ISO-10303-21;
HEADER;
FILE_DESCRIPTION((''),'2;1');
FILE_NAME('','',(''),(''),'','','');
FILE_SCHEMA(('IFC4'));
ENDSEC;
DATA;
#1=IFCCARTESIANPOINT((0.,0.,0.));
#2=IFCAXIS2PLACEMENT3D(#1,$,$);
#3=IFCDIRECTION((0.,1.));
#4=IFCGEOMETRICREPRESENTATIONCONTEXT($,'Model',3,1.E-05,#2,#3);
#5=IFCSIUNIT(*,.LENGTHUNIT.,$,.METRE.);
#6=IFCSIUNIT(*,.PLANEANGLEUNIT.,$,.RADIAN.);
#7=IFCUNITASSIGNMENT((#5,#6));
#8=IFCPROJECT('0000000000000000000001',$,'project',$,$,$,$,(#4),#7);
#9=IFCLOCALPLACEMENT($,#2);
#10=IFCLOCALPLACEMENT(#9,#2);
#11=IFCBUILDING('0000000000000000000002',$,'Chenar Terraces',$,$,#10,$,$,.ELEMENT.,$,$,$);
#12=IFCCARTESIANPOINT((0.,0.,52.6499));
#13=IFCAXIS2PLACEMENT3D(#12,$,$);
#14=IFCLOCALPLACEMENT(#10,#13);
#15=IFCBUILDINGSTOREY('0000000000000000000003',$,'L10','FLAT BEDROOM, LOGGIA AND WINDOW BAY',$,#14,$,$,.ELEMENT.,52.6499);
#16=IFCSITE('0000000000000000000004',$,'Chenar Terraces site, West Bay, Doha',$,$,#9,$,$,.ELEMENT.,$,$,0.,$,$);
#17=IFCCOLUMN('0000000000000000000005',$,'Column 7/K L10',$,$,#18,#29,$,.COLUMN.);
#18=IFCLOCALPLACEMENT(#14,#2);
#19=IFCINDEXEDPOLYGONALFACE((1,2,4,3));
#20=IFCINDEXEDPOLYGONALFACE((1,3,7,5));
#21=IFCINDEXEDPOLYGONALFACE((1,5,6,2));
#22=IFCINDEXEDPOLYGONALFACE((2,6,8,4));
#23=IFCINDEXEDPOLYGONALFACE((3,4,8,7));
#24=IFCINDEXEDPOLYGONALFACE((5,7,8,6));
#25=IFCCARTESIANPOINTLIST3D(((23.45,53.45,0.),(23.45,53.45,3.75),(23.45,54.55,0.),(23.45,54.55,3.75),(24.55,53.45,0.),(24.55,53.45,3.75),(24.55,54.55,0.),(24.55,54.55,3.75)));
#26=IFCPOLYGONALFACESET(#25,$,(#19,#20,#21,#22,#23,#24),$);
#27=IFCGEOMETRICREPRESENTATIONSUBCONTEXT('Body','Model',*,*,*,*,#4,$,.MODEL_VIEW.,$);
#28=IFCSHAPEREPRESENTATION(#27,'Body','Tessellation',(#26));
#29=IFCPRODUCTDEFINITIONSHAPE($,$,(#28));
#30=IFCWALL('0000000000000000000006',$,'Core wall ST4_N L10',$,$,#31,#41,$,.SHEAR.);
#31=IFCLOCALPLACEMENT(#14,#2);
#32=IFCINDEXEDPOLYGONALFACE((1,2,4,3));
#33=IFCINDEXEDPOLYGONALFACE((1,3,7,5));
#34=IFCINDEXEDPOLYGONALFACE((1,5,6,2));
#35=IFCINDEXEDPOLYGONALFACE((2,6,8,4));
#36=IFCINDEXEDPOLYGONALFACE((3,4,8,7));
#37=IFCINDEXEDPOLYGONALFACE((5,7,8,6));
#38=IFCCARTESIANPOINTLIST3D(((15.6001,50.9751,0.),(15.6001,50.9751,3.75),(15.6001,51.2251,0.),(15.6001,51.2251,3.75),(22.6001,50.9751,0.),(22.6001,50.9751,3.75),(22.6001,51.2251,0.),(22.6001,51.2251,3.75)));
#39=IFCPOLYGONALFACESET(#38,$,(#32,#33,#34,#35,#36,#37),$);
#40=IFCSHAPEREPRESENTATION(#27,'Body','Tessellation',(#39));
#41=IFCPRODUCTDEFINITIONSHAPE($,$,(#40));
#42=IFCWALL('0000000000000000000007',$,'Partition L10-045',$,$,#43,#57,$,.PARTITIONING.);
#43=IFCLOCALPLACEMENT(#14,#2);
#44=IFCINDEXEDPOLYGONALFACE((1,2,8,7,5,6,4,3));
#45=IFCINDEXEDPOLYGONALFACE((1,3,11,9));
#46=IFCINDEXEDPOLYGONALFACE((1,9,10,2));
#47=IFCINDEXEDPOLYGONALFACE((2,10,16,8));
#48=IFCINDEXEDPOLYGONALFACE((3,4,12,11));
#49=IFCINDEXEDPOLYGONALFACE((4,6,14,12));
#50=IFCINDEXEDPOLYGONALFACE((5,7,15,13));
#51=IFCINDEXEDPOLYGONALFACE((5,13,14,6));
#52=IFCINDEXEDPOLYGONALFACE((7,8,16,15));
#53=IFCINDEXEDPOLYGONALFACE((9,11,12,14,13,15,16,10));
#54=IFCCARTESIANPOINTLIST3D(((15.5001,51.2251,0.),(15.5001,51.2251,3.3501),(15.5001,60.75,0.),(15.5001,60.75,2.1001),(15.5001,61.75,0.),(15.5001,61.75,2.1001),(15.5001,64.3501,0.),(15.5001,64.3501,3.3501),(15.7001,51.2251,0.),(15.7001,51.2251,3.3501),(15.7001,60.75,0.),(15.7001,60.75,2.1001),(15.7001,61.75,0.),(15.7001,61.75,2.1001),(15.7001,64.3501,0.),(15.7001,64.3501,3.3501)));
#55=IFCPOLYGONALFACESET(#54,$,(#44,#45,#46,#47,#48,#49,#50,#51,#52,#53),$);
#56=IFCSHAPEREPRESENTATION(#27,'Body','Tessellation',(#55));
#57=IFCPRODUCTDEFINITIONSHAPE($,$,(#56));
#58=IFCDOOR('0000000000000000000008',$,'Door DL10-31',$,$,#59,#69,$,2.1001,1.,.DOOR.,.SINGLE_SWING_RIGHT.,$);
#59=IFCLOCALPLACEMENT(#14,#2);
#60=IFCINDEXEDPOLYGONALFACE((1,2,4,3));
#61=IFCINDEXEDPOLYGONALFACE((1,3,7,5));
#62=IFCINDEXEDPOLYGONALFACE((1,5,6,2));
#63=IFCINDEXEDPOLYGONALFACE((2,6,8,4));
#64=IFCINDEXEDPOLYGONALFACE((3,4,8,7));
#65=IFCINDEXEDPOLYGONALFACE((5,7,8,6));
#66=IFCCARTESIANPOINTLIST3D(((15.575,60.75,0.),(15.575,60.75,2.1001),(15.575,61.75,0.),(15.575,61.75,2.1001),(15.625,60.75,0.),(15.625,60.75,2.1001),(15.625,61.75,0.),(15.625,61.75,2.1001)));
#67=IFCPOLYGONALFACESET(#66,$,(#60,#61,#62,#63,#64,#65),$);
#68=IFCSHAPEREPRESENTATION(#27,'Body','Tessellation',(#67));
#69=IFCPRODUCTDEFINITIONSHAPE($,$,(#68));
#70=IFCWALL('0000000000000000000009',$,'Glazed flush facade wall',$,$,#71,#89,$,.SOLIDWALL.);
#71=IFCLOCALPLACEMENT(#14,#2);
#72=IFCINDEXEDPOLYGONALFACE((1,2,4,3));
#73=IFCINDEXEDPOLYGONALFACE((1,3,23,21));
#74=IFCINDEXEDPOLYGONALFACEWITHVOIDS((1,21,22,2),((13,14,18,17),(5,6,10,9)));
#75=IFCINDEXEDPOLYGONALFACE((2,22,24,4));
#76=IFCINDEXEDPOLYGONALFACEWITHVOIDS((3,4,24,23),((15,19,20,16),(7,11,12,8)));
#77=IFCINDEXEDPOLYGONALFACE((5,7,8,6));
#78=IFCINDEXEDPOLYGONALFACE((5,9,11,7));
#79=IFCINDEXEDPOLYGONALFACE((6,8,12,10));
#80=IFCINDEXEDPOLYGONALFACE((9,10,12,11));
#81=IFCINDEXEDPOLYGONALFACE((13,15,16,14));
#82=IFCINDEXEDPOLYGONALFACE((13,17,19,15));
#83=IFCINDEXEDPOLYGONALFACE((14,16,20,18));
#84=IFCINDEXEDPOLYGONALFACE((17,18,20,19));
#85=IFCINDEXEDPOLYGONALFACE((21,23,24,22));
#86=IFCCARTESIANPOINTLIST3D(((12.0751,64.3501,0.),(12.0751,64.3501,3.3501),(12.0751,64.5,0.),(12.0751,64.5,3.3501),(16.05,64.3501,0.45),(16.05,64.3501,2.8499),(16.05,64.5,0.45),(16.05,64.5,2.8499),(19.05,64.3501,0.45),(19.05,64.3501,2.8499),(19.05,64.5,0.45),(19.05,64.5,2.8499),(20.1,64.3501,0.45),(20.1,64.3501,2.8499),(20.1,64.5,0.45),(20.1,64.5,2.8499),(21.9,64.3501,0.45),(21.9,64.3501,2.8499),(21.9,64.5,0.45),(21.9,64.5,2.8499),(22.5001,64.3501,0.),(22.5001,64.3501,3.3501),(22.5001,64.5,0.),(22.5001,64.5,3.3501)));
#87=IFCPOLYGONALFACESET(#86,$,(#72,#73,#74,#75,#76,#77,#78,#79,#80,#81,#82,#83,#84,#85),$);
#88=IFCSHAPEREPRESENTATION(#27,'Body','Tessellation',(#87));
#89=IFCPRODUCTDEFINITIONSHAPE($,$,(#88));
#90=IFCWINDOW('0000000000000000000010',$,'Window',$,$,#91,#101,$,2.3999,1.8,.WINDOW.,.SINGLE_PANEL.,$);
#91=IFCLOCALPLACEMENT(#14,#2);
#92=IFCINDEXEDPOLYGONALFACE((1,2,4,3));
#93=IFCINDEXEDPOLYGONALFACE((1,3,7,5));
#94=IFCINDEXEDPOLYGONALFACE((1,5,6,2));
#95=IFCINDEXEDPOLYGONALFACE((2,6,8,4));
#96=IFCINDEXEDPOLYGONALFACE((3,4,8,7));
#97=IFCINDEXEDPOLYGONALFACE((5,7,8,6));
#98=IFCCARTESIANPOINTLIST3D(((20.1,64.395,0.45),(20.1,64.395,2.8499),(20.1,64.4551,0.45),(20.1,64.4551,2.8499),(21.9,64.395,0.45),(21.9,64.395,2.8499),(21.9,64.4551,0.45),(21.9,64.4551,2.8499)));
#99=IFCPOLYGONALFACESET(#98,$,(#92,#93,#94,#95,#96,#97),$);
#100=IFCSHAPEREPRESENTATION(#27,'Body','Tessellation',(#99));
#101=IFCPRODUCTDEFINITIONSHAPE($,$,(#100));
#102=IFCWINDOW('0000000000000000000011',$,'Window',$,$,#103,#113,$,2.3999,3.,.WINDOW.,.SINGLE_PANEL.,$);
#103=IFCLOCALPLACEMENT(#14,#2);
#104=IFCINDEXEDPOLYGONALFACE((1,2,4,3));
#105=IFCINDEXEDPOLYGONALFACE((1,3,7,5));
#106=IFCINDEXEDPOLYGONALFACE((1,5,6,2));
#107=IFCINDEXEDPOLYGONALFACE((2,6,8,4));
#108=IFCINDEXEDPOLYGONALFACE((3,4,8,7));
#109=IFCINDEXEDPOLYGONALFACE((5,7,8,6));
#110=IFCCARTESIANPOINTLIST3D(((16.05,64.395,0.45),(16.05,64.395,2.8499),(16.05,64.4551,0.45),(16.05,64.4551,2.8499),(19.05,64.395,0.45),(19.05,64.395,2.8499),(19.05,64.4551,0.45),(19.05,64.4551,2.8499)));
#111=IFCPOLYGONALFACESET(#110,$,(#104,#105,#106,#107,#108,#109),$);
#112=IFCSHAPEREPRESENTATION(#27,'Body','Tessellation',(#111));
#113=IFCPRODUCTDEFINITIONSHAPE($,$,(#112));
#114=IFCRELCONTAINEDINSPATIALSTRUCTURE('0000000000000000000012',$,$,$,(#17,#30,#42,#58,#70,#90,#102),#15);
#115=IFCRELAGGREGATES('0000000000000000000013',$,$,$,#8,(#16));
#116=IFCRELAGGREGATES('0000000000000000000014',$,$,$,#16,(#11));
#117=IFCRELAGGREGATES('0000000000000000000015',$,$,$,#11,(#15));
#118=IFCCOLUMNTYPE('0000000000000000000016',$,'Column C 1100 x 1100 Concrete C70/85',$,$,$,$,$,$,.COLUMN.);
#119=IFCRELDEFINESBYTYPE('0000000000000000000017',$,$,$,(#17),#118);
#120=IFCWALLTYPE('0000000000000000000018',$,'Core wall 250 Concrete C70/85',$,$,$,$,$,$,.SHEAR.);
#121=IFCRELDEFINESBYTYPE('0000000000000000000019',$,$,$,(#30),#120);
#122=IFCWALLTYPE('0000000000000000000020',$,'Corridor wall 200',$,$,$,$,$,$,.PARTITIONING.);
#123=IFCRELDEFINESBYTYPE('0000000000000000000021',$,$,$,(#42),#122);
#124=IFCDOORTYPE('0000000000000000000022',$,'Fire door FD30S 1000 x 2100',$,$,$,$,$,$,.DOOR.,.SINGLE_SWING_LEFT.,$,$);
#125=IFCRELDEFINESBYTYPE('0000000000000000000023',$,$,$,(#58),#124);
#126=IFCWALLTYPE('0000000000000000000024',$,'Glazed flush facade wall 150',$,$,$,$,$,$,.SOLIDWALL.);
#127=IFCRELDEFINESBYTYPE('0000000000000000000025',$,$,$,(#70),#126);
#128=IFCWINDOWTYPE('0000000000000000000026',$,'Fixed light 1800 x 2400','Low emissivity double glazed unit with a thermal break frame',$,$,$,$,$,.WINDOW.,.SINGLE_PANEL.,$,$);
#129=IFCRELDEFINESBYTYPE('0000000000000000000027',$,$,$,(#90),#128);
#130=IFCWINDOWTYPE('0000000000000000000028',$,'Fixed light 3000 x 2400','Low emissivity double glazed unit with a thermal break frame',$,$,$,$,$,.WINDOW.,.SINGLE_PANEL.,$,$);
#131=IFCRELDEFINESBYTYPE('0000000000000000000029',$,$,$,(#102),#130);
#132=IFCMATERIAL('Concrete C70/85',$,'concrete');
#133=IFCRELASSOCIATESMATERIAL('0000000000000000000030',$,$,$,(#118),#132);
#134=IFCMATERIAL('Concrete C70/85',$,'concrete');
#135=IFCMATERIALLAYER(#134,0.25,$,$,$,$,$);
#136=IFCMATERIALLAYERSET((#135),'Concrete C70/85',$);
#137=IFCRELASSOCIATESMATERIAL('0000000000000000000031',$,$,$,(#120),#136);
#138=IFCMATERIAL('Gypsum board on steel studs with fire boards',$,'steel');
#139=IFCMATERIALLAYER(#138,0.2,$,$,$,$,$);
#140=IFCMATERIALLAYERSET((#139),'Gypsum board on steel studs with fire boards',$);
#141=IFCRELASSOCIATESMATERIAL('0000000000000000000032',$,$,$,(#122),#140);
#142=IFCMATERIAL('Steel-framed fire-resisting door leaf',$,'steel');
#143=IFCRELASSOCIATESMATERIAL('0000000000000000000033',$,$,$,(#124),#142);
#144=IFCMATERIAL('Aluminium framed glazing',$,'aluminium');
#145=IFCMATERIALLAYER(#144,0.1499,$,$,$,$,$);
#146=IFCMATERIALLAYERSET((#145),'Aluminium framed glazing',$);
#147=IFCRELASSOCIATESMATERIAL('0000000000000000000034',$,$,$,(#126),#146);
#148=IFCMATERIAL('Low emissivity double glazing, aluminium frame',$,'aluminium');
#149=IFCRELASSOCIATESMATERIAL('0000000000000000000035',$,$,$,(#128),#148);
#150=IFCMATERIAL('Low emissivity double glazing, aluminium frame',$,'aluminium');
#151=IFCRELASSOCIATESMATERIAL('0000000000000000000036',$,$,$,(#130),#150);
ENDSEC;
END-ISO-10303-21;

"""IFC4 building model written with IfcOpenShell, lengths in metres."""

from ifc_helpers import new_model, si_unit, direction, frame, frame_2d, origin, origin_2d, place, context, subcontext, project, spatial, rectangle, extrude, material, layer, layer_set, material_profile, profile_set, type_object, element, fill, save


model = new_model("IFC4")

# Units and contexts
model_context = context("Model", 3, precision=1e-05, world=origin(), true_north=direction((0.0, 1.0)))
body_context = subcontext(model_context, "Body", "Model", "MODEL_VIEW")
ifc_project = project(units=[si_unit("LENGTHUNIT", "METRE"), si_unit("PLANEANGLEUNIT", "RADIAN")], contexts=[model_context])

# Site, building, storey
site_placement = place(None, origin())
site = spatial("IfcSite", under=ifc_project, at=site_placement, Name="Chenar Terraces site, West Bay, Doha", CompositionType="ELEMENT", RefElevation=0.0)
building_placement = place(site_placement, origin())
building = spatial("IfcBuilding", under=site, at=building_placement, Name="Chenar Terraces", CompositionType="ELEMENT")
storey_placement = place(building_placement, frame((0.0, 0.0, 52.6499)))
storey = spatial("IfcBuildingStorey", under=building, at=storey_placement, Name="L10", Description="FLAT BEDROOM, LOGGIA AND WINDOW BAY", CompositionType="ELEMENT", Elevation=52.6499)

# Column
ifc_material_1 = material(Name="Concrete C70/85", Category="concrete")
ifc_material_profile = material_profile(ifc_material_1, rectangle(XDim=1.1001, YDim=1.1001, at=origin_2d()), Name="C 1100 x 1100")
ifc_profile_set = profile_set([ifc_material_profile], Name="Concrete C70/85")
column_type = type_object("IfcColumnType", Name="Column C 1100 x 1100 Concrete C70/85", PredefinedType="COLUMN", material=ifc_profile_set)
column_placement = place(storey_placement, frame((24.0, 54.0, 0.0), z_axis=(0.0, 0.0, 1.0), x_axis=(1.0, 0.0, 0.0)))
element("IfcColumn", 1, at=column_placement, inside=storey, type_object=column_type, Name="Column 7/K L10", PredefinedType="COLUMN", context=body_context, shape_type="SweptSolid", body=[
    extrude(rectangle(XDim=1.1001, YDim=1.1001, at=origin_2d()), origin(), (0.0, 0.0, 1.0), 3.75),
])

# Wall
ifc_material_2 = material(Name="Concrete C70/85", Category="concrete")
ifc_layer_1 = layer(ifc_material_2, 0.25)
ifc_layer_set_1 = layer_set([ifc_layer_1], Name="Concrete C70/85")
wall_type_1 = type_object("IfcWallType", Name="Core wall 250 Concrete C70/85", PredefinedType="SHEAR", material=ifc_layer_set_1)
wall_1_placement = place(storey_placement, frame((15.6001, 51.1001, 0.0), z_axis=(0.0, 0.0, 1.0), x_axis=(1.0, 0.0, 0.0)))
element("IfcWall", 2, at=wall_1_placement, inside=storey, type_object=wall_type_1, Name="Core wall ST4_N L10", PredefinedType="SHEAR", context=body_context, shape_type="SweptSolid", body=[
    extrude(rectangle(XDim=7.0, YDim=0.25, at=frame_2d((3.5, 0.0))), origin(), (0.0, 0.0, 1.0), 3.75),
])

# Wall, opening, door
ifc_material_3 = material(Name="Gypsum board on steel studs with fire boards", Category="steel")
ifc_layer_2 = layer(ifc_material_3, 0.2)
ifc_layer_set_2 = layer_set([ifc_layer_2], Name="Gypsum board on steel studs with fire boards")
wall_type_2 = type_object("IfcWallType", Name="Corridor wall 200", PredefinedType="PARTITIONING", material=ifc_layer_set_2)
wall_2_placement = place(storey_placement, frame((15.6001, 51.2251, 0.0), z_axis=(0.0, 0.0, 1.0), x_axis=(0.0, 1.0, 0.0)))
wall_2 = element("IfcWall", 3, at=wall_2_placement, inside=storey, type_object=wall_type_2, Name="Partition L10-045", PredefinedType="PARTITIONING", context=body_context, shape_type="SweptSolid", body=[
    extrude(rectangle(XDim=13.125, YDim=0.2, at=frame_2d((6.5625, 0.0))), origin(), (0.0, 0.0, 1.0), 3.3501),
])
opening_1_placement = place(wall_2_placement, frame((9.5249, 0.0, 0.0)))
opening_1 = element("IfcOpeningElement", 4, at=opening_1_placement, cuts=wall_2, PredefinedType="OPENING", context=body_context, shape_type="SweptSolid", body=[
    extrude(rectangle(XDim=1.0, YDim=2.1001, at=frame_2d((0.5, 1.05))), frame((0.0, 0.1099, 0.0), z_axis=(0.0, -1.0, 0.0), x_axis=(1.0, 0.0, 0.0)), (0.0, 0.0, 1.0), 0.22),
])
ifc_material_4 = material(Name="Steel-framed fire-resisting door leaf", Category="steel")
door_type_1 = type_object("IfcDoorType", Name="Fire door FD30S 1000 x 2100", OperationType="SINGLE_SWING_LEFT", PredefinedType="DOOR", material=ifc_material_4)
door_1_placement = place(opening_1_placement, frame((1.0, 0.0, 0.0), z_axis=(0.0, 0.0, 1.0), x_axis=(-1.0, 0.0, 0.0)))
door_1 = element("IfcDoor", 5, at=door_1_placement, inside=storey, type_object=door_type_1, Name="Door DL10-31", OperationType="SINGLE_SWING_RIGHT", OverallHeight=2.1001, OverallWidth=1.0, PredefinedType="DOOR", context=body_context, shape_type="SweptSolid", body=[
    extrude(rectangle(XDim=1.0, YDim=2.1001, at=frame_2d((0.5, 1.05))), frame((0.0, 0.0249, 0.0), z_axis=(0.0, -1.0, 0.0), x_axis=(1.0, 0.0, 0.0)), (0.0, 0.0, 1.0), 0.05),
])
fill(opening_1, door_1)

# Wall, openings, windows
ifc_material_5 = material(Name="Aluminium framed glazing", Category="aluminium")
ifc_layer_3 = layer(ifc_material_5, 0.1499)
ifc_layer_set_3 = layer_set([ifc_layer_3], Name="Aluminium framed glazing")
wall_type_3 = type_object("IfcWallType", Name="Glazed flush facade wall 150", PredefinedType="SOLIDWALL", material=ifc_layer_set_3)
wall_3_placement = place(storey_placement, frame((22.5, 64.425, 0.0), z_axis=(0.0, 0.0, 1.0), x_axis=(-1.0, 0.0, 0.0)))
wall_3 = element("IfcWall", 6, at=wall_3_placement, inside=storey, type_object=wall_type_3, Name="Glazed flush facade wall", PredefinedType="SOLIDWALL", context=body_context, shape_type="SweptSolid", body=[
    extrude(rectangle(XDim=10.425, YDim=0.1499, at=frame_2d((5.2124, 0.0))), origin(), (0.0, 0.0, 1.0), 3.3501),
])
opening_2_placement = place(wall_3_placement, frame((0.6001, 0.0, 0.45)))
opening_2 = element("IfcOpeningElement", 7, at=opening_2_placement, cuts=wall_3, PredefinedType="OPENING", context=body_context, shape_type="SweptSolid", body=[
    extrude(rectangle(XDim=1.8, YDim=2.3999, at=frame_2d((0.8999, 1.2))), frame((0.0, 0.085, 0.0), z_axis=(0.0, -1.0, 0.0), x_axis=(1.0, 0.0, 0.0)), (0.0, 0.0, 1.0), 0.1699),
])
opening_3_placement = place(wall_3_placement, frame((3.45, 0.0, 0.45)))
opening_3 = element("IfcOpeningElement", 8, at=opening_3_placement, cuts=wall_3, PredefinedType="OPENING", context=body_context, shape_type="SweptSolid", body=[
    extrude(rectangle(XDim=3.0, YDim=2.3999, at=frame_2d((1.5, 1.2))), frame((0.0, 0.085, 0.0), z_axis=(0.0, -1.0, 0.0), x_axis=(1.0, 0.0, 0.0)), (0.0, 0.0, 1.0), 0.1699),
])
ifc_material_6 = material(Name="Low emissivity double glazing, aluminium frame", Category="aluminium")
window_type_1 = type_object("IfcWindowType", Name="Fixed light 1800 x 2400", Description="Low emissivity double glazed unit with a thermal break frame", PartitioningType="SINGLE_PANEL", PredefinedType="WINDOW", material=ifc_material_6)
window_1_placement = place(opening_2_placement, origin())
window_1 = element("IfcWindow", 9, at=window_1_placement, inside=storey, type_object=window_type_1, Name="Window", OverallHeight=2.3999, OverallWidth=1.8, PartitioningType="SINGLE_PANEL", PredefinedType="WINDOW", context=body_context, shape_type="SweptSolid", body=[
    extrude(rectangle(XDim=1.8, YDim=2.3999, at=frame_2d((0.8999, 1.2))), frame((0.0, 0.03, 0.0), z_axis=(0.0, -1.0, 0.0), x_axis=(1.0, 0.0, 0.0)), (0.0, 0.0, 1.0), 0.0601),
])
fill(opening_2, window_1)
ifc_material_7 = material(Name="Low emissivity double glazing, aluminium frame", Category="aluminium")
window_type_2 = type_object("IfcWindowType", Name="Fixed light 3000 x 2400", Description="Low emissivity double glazed unit with a thermal break frame", PartitioningType="SINGLE_PANEL", PredefinedType="WINDOW", material=ifc_material_7)
window_2_placement = place(opening_3_placement, origin())
window_2 = element("IfcWindow", 10, at=window_2_placement, inside=storey, type_object=window_type_2, Name="Window", OverallHeight=2.3999, OverallWidth=3.0, PartitioningType="SINGLE_PANEL", PredefinedType="WINDOW", context=body_context, shape_type="SweptSolid", body=[
    extrude(rectangle(XDim=3.0, YDim=2.3999, at=frame_2d((1.5, 1.2))), frame((0.0, 0.03, 0.0), z_axis=(0.0, -1.0, 0.0), x_axis=(1.0, 0.0, 0.0)), (0.0, 0.0, 1.0), 0.0601),
])
fill(opening_3, window_2)

save(model, "model.ifc")
